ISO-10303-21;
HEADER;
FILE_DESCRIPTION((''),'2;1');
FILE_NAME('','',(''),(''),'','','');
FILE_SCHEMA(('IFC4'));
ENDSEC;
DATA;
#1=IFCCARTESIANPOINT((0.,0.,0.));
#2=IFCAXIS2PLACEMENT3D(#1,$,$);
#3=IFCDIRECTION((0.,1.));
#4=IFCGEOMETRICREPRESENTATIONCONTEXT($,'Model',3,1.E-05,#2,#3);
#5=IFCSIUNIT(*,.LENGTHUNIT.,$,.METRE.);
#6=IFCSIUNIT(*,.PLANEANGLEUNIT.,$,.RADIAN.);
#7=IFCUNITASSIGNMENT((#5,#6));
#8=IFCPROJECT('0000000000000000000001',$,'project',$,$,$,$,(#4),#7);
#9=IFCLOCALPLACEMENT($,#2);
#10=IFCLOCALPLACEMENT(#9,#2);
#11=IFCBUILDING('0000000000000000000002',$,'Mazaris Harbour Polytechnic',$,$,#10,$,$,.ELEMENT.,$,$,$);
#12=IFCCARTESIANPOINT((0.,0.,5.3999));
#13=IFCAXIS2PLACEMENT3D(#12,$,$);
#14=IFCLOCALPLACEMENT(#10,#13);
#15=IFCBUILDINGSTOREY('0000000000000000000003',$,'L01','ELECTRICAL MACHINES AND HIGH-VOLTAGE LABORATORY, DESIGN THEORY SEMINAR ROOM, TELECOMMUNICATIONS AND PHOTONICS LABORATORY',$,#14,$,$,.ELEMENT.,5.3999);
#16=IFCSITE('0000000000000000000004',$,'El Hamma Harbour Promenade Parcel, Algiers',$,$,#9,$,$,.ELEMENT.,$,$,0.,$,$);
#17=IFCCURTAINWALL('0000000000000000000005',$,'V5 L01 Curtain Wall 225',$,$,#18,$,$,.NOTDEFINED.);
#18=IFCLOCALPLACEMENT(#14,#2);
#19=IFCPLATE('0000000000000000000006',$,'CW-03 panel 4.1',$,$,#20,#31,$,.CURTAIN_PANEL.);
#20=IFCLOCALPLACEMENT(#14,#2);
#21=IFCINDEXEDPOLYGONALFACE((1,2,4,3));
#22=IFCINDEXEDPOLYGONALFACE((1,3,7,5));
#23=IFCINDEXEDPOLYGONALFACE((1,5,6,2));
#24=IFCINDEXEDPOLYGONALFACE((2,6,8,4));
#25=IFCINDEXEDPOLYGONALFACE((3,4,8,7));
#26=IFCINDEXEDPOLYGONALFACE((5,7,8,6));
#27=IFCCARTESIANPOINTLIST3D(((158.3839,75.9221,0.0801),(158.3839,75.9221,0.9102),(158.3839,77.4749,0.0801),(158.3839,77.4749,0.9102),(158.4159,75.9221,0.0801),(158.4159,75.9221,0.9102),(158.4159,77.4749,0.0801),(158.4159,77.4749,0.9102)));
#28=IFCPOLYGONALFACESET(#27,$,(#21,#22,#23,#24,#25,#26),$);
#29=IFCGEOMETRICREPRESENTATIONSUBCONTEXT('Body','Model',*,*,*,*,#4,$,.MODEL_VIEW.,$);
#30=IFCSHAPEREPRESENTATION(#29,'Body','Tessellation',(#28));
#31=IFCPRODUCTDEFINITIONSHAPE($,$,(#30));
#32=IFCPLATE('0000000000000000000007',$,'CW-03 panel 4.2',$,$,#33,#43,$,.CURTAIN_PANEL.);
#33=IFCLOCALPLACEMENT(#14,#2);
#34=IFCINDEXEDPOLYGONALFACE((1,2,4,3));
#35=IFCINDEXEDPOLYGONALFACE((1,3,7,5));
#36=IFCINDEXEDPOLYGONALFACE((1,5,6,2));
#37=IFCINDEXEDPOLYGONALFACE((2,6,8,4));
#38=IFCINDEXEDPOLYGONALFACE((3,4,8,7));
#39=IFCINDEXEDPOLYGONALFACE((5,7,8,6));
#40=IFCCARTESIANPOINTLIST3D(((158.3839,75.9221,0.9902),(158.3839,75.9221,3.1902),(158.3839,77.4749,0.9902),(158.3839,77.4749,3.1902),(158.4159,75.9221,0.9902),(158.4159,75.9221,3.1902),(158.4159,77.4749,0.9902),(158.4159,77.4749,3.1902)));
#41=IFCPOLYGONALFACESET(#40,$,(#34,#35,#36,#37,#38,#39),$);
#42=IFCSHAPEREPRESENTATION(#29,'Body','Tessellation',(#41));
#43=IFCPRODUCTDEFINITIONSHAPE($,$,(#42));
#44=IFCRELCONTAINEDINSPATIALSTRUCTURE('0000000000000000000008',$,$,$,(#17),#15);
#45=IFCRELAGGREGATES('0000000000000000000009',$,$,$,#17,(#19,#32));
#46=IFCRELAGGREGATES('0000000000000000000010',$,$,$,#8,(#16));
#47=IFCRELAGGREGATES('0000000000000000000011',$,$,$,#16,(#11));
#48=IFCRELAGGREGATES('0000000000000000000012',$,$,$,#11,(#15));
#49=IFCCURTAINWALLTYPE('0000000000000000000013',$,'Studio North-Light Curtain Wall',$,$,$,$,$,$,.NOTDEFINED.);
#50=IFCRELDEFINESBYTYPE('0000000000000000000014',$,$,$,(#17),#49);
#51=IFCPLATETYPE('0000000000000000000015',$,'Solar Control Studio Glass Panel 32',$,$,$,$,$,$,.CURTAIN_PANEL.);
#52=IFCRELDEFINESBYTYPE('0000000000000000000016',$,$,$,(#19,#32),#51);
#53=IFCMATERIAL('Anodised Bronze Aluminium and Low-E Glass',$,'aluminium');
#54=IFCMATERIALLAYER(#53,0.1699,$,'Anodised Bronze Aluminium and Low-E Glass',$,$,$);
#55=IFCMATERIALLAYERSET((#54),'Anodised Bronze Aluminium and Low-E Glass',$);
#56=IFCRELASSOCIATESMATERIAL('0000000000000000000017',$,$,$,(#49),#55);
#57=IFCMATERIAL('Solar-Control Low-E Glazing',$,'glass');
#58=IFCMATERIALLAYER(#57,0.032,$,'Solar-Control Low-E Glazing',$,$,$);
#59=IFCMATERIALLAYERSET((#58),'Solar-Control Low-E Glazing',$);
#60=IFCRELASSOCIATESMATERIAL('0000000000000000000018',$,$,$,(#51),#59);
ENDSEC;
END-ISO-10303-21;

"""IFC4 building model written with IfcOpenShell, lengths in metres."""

from ifc_helpers import new_model, si_unit, direction, frame, origin, origin_2d, place, context, subcontext, project, spatial, rectangle, extrude, material, layer, layer_set, type_object, element, aggregate, save


model = new_model("IFC4")

# Units and contexts
model_context = context("Model", 3, precision=1e-05, world=origin(), true_north=direction((0.0, 1.0)))
body_context = subcontext(model_context, "Body", "Model", "MODEL_VIEW")
ifc_project = project(units=[si_unit("LENGTHUNIT", "METRE"), si_unit("PLANEANGLEUNIT", "RADIAN")], contexts=[model_context])

# Site, building, storey
site_placement = place(None, origin())
site = spatial("IfcSite", under=ifc_project, at=site_placement, Name="El Hamma Harbour Promenade Parcel, Algiers", CompositionType="ELEMENT", RefElevation=0.0)
building_placement = place(site_placement, origin())
building = spatial("IfcBuilding", under=site, at=building_placement, Name="Mazaris Harbour Polytechnic", CompositionType="ELEMENT")
storey_placement = place(building_placement, frame((0.0, 0.0, 5.3999)))
storey = spatial("IfcBuildingStorey", under=building, at=storey_placement, Name="L01", Description="ELECTRICAL MACHINES AND HIGH-VOLTAGE LABORATORY, DESIGN THEORY SEMINAR ROOM, TELECOMMUNICATIONS AND PHOTONICS LABORATORY", CompositionType="ELEMENT", Elevation=5.3999)

# Shared definitions
ifc_material_1 = material(Name="Anodised Bronze Aluminium and Low-E Glass", Category="aluminium")
ifc_layer_1 = layer(ifc_material_1, 0.1699, Name="Anodised Bronze Aluminium and Low-E Glass")
ifc_layer_set_1 = layer_set([ifc_layer_1], Name="Anodised Bronze Aluminium and Low-E Glass")
curtain_wall_type = type_object("IfcCurtainWallType", Name="Studio North-Light Curtain Wall", PredefinedType="NOTDEFINED", material=ifc_layer_set_1)

# Curtain wall
curtain_wall_1_placement = place(storey_placement, origin())
curtain_wall_1 = element("IfcCurtainWall", 1, at=curtain_wall_1_placement, inside=storey, type_object=curtain_wall_type, Name="V5 L01 Curtain Wall 225", PredefinedType="NOTDEFINED")

# Plates
ifc_material_2 = material(Name="Solar-Control Low-E Glazing", Category="glass")
ifc_layer_2 = layer(ifc_material_2, 0.032, Name="Solar-Control Low-E Glazing")
ifc_layer_set_2 = layer_set([ifc_layer_2], Name="Solar-Control Low-E Glazing")
plate_type = type_object("IfcPlateType", Name="Solar Control Studio Glass Panel 32", PredefinedType="CURTAIN_PANEL", material=ifc_layer_set_2)
plate_1_placement = place(storey_placement, frame((158.3999, 76.6985, 0.0801), z_axis=(0.0, 0.0, 1.0), x_axis=(0.0, -1.0, 0.0)))
plate_1 = element("IfcPlate", 2, at=plate_1_placement, type_object=plate_type, Name="CW-03 panel 4.1", PredefinedType="CURTAIN_PANEL", context=body_context, shape_type="SweptSolid", body=[
    extrude(rectangle(XDim=1.5527, YDim=0.032, at=origin_2d()), origin(), (0.0, 0.0, 1.0), 0.8301),
])
plate_2_placement = place(storey_placement, frame((158.3999, 76.6985, 0.9902), z_axis=(0.0, 0.0, 1.0), x_axis=(0.0, -1.0, 0.0)))
plate_2 = element("IfcPlate", 3, at=plate_2_placement, type_object=plate_type, Name="CW-03 panel 4.2", PredefinedType="CURTAIN_PANEL", context=body_context, shape_type="SweptSolid", body=[
    extrude(rectangle(XDim=1.5527, YDim=0.032, at=origin_2d()), origin(), (0.0, 0.0, 1.0), 2.2),
])
aggregate(curtain_wall_1, [plate_1, plate_2])

save(model, "model.ifc")
